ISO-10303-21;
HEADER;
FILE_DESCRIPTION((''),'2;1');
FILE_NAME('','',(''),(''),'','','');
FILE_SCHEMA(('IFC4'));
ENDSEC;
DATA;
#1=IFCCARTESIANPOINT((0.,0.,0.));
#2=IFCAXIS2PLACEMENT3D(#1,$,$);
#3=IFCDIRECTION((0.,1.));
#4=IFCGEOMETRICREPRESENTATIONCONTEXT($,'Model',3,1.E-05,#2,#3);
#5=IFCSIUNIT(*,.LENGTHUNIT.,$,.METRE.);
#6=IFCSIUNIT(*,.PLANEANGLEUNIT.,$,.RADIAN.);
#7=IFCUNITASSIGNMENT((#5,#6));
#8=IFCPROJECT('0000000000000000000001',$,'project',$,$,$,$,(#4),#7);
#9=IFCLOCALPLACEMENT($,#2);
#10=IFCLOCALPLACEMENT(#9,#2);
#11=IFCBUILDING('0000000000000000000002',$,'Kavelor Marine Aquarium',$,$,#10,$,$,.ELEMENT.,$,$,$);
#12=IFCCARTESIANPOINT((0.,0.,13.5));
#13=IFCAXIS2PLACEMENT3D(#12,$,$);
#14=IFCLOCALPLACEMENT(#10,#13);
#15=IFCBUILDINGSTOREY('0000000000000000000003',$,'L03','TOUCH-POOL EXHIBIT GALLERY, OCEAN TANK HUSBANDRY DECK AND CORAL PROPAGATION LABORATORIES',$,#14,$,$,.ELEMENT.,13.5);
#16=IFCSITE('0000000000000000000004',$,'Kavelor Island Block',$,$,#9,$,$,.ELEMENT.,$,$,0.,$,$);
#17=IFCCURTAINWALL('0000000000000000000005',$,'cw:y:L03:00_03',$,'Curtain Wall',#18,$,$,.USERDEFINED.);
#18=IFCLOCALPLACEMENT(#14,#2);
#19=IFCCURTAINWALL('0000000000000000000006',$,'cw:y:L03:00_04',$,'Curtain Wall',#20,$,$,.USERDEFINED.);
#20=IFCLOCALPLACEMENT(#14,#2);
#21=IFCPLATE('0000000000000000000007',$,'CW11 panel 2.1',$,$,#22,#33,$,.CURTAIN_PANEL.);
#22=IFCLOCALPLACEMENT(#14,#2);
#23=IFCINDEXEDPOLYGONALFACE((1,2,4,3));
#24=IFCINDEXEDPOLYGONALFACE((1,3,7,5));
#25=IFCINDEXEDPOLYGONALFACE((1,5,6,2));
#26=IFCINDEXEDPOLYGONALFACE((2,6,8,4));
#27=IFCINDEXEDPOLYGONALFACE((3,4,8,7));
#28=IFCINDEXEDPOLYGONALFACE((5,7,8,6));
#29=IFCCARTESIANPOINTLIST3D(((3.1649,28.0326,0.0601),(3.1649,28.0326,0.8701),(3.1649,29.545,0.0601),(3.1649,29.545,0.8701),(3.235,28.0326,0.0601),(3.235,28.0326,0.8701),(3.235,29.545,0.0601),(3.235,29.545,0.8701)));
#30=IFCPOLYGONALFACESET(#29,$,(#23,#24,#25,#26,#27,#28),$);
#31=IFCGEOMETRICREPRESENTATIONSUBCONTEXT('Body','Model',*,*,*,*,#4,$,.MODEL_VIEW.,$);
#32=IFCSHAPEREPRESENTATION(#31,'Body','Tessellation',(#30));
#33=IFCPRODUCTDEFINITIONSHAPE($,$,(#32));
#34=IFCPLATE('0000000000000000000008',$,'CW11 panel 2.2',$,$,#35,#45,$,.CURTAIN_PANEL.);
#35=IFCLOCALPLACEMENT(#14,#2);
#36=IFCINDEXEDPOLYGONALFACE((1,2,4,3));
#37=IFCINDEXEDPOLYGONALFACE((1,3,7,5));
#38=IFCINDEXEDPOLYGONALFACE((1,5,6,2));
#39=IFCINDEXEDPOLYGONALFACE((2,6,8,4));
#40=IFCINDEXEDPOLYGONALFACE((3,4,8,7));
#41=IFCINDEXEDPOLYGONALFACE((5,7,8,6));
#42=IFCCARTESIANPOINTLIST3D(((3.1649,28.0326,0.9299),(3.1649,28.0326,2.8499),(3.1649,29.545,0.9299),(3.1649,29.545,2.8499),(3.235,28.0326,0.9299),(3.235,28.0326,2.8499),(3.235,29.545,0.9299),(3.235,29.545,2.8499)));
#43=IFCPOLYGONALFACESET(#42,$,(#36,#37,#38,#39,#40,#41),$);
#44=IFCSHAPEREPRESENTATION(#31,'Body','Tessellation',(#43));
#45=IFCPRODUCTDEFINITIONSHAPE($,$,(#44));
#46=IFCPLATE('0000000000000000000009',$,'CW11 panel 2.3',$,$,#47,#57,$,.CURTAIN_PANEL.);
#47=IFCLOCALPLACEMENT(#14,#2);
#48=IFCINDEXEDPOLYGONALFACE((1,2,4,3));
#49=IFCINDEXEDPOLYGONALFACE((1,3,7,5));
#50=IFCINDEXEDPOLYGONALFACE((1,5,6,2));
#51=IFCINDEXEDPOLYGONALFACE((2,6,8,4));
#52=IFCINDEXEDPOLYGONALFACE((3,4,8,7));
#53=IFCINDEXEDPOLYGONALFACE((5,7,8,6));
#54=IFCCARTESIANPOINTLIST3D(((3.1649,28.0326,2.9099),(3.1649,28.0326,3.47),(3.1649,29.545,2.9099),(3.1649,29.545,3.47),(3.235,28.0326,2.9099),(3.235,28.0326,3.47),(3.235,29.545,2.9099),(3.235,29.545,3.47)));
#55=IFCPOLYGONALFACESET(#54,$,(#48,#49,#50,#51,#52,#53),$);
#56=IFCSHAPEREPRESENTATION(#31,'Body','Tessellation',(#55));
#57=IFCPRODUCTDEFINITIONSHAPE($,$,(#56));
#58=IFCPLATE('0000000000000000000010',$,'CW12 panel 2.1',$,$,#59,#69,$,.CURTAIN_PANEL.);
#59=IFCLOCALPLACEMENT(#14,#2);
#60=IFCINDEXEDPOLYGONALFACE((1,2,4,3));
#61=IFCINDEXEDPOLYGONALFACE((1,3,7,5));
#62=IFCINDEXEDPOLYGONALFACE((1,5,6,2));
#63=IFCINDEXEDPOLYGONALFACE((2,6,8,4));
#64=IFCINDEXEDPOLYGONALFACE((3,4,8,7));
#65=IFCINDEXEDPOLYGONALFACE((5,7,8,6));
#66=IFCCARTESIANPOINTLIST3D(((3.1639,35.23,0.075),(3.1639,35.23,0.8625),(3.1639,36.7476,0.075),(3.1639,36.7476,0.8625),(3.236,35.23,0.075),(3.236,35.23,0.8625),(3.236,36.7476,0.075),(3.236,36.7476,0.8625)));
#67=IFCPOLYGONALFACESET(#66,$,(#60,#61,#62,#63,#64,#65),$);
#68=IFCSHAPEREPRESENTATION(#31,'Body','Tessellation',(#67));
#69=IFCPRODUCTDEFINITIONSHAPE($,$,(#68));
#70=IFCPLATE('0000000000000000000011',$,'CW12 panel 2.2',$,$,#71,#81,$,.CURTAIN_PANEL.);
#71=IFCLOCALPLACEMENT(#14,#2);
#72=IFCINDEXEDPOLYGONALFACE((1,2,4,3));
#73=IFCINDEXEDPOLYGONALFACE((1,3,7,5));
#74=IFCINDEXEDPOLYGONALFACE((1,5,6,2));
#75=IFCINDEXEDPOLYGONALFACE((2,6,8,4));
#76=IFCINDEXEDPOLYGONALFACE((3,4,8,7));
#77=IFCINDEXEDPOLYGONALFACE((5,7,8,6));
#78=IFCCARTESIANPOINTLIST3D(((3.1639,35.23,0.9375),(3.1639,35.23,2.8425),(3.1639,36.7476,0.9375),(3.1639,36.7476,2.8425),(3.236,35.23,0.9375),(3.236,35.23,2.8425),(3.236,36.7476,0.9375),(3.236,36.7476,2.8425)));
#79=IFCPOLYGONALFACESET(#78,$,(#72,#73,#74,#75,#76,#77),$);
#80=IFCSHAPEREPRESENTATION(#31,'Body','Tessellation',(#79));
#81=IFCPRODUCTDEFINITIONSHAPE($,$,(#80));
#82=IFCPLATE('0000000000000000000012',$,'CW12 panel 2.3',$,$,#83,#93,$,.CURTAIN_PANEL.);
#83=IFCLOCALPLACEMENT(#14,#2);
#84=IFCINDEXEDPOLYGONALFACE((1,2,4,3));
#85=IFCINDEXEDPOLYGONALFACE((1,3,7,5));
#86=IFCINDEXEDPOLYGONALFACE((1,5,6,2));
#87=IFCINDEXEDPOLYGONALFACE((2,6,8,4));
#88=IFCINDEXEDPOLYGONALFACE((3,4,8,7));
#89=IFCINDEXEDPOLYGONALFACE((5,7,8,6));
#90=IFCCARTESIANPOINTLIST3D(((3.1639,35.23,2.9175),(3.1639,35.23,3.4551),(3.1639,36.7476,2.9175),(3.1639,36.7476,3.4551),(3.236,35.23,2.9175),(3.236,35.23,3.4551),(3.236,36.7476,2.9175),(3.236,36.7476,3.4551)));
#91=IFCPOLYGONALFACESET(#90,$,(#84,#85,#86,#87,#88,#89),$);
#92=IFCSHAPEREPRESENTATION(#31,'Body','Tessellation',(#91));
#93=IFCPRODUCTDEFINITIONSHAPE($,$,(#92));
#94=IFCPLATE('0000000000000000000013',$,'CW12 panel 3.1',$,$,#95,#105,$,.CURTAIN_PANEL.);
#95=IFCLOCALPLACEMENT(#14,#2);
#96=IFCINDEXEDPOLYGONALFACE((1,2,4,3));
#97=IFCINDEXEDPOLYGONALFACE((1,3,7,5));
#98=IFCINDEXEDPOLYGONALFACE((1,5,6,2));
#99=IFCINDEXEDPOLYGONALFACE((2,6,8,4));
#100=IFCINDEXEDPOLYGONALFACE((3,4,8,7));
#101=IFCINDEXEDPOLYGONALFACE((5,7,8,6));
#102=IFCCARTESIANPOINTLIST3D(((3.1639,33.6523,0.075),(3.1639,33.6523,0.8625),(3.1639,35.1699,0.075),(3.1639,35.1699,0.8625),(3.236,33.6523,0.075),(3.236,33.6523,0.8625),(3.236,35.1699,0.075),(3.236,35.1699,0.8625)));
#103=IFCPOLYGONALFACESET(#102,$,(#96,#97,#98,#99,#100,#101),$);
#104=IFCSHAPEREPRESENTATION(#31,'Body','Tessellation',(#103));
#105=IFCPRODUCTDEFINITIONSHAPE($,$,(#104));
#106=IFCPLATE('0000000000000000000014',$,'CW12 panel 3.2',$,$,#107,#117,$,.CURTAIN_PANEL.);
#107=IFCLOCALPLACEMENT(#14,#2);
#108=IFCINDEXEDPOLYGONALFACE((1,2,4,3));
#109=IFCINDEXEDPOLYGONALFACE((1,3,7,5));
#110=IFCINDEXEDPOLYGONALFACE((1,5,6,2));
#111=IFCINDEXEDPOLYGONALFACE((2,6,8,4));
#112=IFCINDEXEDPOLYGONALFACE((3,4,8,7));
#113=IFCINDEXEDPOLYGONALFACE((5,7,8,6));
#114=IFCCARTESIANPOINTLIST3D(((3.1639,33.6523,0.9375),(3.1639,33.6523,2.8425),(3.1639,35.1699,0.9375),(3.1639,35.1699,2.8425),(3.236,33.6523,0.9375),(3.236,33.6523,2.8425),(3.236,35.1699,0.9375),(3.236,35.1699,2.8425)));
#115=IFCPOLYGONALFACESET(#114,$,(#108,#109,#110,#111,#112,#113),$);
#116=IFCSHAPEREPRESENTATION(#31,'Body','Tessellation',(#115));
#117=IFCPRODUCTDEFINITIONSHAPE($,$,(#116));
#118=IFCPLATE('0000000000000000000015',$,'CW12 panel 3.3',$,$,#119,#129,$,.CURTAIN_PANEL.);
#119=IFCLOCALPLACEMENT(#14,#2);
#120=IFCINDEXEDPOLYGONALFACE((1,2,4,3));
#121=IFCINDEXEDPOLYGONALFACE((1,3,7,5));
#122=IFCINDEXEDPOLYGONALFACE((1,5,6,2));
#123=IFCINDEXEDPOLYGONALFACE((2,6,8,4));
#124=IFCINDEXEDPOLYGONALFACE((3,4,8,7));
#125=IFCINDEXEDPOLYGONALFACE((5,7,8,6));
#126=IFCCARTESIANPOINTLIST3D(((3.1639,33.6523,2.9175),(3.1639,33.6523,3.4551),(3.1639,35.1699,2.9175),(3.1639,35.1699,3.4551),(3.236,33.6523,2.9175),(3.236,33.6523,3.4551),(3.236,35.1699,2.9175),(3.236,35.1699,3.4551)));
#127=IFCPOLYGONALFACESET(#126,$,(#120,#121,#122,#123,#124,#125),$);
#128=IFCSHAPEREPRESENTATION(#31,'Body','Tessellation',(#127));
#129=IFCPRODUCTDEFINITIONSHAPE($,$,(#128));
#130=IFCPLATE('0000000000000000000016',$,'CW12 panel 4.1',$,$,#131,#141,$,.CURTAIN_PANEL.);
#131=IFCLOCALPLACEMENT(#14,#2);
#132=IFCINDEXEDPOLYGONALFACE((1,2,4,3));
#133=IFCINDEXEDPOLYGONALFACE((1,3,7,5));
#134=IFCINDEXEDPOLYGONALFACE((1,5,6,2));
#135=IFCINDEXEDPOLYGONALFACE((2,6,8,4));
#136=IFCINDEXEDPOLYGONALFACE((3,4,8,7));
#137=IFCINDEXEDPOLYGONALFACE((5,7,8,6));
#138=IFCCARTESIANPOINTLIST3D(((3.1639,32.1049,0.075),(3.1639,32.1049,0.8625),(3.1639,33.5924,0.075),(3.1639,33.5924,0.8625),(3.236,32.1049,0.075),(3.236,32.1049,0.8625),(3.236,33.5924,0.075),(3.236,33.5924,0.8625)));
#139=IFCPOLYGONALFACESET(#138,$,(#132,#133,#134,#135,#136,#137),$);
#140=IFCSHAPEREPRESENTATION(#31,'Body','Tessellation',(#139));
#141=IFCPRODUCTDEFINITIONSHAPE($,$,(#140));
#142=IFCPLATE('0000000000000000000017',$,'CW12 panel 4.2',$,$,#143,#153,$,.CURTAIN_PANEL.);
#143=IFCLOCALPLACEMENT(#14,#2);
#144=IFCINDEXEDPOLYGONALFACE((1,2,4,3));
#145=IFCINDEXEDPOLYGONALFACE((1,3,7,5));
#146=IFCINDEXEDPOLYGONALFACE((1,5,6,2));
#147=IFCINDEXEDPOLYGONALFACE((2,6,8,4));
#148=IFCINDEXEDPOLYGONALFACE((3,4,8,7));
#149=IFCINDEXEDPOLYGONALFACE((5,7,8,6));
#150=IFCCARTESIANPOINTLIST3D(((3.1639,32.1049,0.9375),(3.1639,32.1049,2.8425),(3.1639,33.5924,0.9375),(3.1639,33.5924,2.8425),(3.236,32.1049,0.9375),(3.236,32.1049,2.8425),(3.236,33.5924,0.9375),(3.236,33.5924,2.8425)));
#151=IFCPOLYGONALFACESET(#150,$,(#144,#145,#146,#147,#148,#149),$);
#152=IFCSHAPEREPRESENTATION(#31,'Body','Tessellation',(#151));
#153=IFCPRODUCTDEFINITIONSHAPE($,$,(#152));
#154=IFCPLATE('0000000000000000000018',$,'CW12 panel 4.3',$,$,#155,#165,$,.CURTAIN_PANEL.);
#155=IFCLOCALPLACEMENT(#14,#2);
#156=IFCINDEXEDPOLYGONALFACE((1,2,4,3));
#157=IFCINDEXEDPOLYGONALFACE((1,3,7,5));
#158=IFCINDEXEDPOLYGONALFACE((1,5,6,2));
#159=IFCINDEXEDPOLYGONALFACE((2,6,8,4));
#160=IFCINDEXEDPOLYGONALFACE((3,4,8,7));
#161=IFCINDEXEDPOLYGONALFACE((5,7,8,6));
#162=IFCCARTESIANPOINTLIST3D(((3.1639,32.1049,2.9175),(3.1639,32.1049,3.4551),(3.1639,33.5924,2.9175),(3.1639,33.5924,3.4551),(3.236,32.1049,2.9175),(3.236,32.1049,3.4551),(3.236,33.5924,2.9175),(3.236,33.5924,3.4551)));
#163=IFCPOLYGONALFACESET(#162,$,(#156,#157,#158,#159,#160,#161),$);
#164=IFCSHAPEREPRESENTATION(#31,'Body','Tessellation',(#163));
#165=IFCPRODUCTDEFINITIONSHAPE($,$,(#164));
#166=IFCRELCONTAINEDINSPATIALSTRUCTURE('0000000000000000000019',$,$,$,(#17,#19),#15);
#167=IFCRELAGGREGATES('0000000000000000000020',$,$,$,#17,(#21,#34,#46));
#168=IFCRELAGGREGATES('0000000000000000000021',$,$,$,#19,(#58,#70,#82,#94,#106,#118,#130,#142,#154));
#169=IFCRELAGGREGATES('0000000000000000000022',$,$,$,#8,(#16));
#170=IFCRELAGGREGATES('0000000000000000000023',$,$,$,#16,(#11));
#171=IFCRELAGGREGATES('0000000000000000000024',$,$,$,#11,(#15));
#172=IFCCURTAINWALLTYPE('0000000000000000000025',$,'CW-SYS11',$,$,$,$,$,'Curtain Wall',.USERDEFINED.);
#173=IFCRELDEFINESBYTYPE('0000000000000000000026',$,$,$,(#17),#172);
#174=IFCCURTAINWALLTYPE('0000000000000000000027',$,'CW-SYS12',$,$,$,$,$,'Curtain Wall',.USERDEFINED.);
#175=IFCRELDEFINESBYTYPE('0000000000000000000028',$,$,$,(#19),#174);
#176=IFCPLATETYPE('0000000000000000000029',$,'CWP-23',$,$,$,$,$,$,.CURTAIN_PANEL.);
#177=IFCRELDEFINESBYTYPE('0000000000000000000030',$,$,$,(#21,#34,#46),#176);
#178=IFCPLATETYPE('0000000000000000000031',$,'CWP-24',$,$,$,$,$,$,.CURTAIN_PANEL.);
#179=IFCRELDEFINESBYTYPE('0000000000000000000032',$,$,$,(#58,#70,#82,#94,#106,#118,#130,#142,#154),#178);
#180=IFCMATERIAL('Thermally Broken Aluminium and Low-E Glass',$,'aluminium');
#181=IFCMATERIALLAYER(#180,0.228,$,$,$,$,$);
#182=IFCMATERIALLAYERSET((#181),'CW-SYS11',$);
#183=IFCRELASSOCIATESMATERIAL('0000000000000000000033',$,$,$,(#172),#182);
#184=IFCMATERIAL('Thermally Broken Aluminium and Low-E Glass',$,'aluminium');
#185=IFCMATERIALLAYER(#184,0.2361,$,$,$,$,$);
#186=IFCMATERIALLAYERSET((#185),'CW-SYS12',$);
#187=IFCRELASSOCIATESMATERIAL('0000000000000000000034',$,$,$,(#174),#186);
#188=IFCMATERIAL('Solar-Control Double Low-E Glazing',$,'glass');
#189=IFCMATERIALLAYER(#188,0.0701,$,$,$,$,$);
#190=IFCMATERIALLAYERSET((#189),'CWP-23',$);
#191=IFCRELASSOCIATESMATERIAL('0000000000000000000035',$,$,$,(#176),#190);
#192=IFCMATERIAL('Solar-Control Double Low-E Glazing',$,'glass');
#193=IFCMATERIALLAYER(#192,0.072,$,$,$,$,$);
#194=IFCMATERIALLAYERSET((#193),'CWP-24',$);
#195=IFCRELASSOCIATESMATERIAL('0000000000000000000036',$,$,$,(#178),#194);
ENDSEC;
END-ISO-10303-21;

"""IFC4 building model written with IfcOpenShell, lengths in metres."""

from ifc_helpers import new_model, si_unit, direction, frame, origin, origin_2d, place, context, subcontext, project, spatial, rectangle, extrude, material, layer, layer_set, type_object, element, aggregate, save


model = new_model("IFC4")

# Units and contexts
model_context = context("Model", 3, precision=1e-05, world=origin(), true_north=direction((0.0, 1.0)))
body_context = subcontext(model_context, "Body", "Model", "MODEL_VIEW")
ifc_project = project(units=[si_unit("LENGTHUNIT", "METRE"), si_unit("PLANEANGLEUNIT", "RADIAN")], contexts=[model_context])

# Site, building, storey
site_placement = place(None, origin())
site = spatial("IfcSite", under=ifc_project, at=site_placement, Name="Kavelor Island Block", CompositionType="ELEMENT", RefElevation=0.0)
building_placement = place(site_placement, origin())
building = spatial("IfcBuilding", under=site, at=building_placement, Name="Kavelor Marine Aquarium", CompositionType="ELEMENT")
storey_placement = place(building_placement, frame((0.0, 0.0, 13.5)))
storey = spatial("IfcBuildingStorey", under=building, at=storey_placement, Name="L03", Description="TOUCH-POOL EXHIBIT GALLERY, OCEAN TANK HUSBANDRY DECK AND CORAL PROPAGATION LABORATORIES", CompositionType="ELEMENT", Elevation=13.5)

# Curtain walls
ifc_material_1 = material(Name="Thermally Broken Aluminium and Low-E Glass", Category="aluminium")
ifc_layer_1 = layer(ifc_material_1, 0.228)
ifc_layer_set_1 = layer_set([ifc_layer_1], Name="CW-SYS11")
curtain_wall_type_1 = type_object("IfcCurtainWallType", Name="CW-SYS11", ElementType="Curtain Wall", PredefinedType="USERDEFINED", material=ifc_layer_set_1)
curtain_wall_1_placement = place(storey_placement, origin())
curtain_wall_1 = element("IfcCurtainWall", 1, at=curtain_wall_1_placement, inside=storey, type_object=curtain_wall_type_1, Name="cw:y:L03:00_03", ObjectType="Curtain Wall", PredefinedType="USERDEFINED")
ifc_material_2 = material(Name="Thermally Broken Aluminium and Low-E Glass", Category="aluminium")
ifc_layer_2 = layer(ifc_material_2, 0.2361)
ifc_layer_set_2 = layer_set([ifc_layer_2], Name="CW-SYS12")
curtain_wall_type_2 = type_object("IfcCurtainWallType", Name="CW-SYS12", ElementType="Curtain Wall", PredefinedType="USERDEFINED", material=ifc_layer_set_2)
curtain_wall_2_placement = place(storey_placement, origin())
curtain_wall_2 = element("IfcCurtainWall", 2, at=curtain_wall_2_placement, inside=storey, type_object=curtain_wall_type_2, Name="cw:y:L03:00_04", ObjectType="Curtain Wall", PredefinedType="USERDEFINED")

# Plates
ifc_material_3 = material(Name="Solar-Control Double Low-E Glazing", Category="glass")
ifc_layer_3 = layer(ifc_material_3, 0.0701)
ifc_layer_set_3 = layer_set([ifc_layer_3], Name="CWP-23")
plate_type_1 = type_object("IfcPlateType", Name="CWP-23", PredefinedType="CURTAIN_PANEL", material=ifc_layer_set_3)
plate_1_placement = place(storey_placement, frame((3.2, 28.7888, 0.0601), z_axis=(0.0, 0.0, 1.0), x_axis=(0.0, -1.0, 0.0)))
plate_1 = element("IfcPlate", 3, at=plate_1_placement, type_object=plate_type_1, Name="CW11 panel 2.1", PredefinedType="CURTAIN_PANEL", context=body_context, shape_type="SweptSolid", body=[
    extrude(rectangle(XDim=1.5125, YDim=0.0701, at=origin_2d()), origin(), (0.0, 0.0, 1.0), 0.8101),
])
plate_2_placement = place(storey_placement, frame((3.2, 28.7888, 0.9299), z_axis=(0.0, 0.0, 1.0), x_axis=(0.0, -1.0, 0.0)))
plate_2 = element("IfcPlate", 4, at=plate_2_placement, type_object=plate_type_1, Name="CW11 panel 2.2", PredefinedType="CURTAIN_PANEL", context=body_context, shape_type="SweptSolid", body=[
    extrude(rectangle(XDim=1.5125, YDim=0.0701, at=origin_2d()), origin(), (0.0, 0.0, 1.0), 1.9199),
])
plate_3_placement = place(storey_placement, frame((3.2, 28.7888, 2.9099), z_axis=(0.0, 0.0, 1.0), x_axis=(0.0, -1.0, 0.0)))
plate_3 = element("IfcPlate", 5, at=plate_3_placement, type_object=plate_type_1, Name="CW11 panel 2.3", PredefinedType="CURTAIN_PANEL", context=body_context, shape_type="SweptSolid", body=[
    extrude(rectangle(XDim=1.5125, YDim=0.0701, at=origin_2d()), origin(), (0.0, 0.0, 1.0), 0.5601),
])
aggregate(curtain_wall_1, [plate_1, plate_2, plate_3])
ifc_material_4 = material(Name="Solar-Control Double Low-E Glazing", Category="glass")
ifc_layer_4 = layer(ifc_material_4, 0.072)
ifc_layer_set_4 = layer_set([ifc_layer_4], Name="CWP-24")
plate_type_2 = type_object("IfcPlateType", Name="CWP-24", PredefinedType="CURTAIN_PANEL", material=ifc_layer_set_4)
plate_4_placement = place(storey_placement, frame((3.2, 35.9888, 0.075), z_axis=(0.0, 0.0, 1.0), x_axis=(0.0, -1.0, 0.0)))
plate_4 = element("IfcPlate", 6, at=plate_4_placement, type_object=plate_type_2, Name="CW12 panel 2.1", PredefinedType="CURTAIN_PANEL", context=body_context, shape_type="SweptSolid", body=[
    extrude(rectangle(XDim=1.5176, YDim=0.072, at=origin_2d()), origin(), (0.0, 0.0, 1.0), 0.7876),
])
plate_5_placement = place(storey_placement, frame((3.2, 35.9888, 0.9375), z_axis=(0.0, 0.0, 1.0), x_axis=(0.0, -1.0, 0.0)))
plate_5 = element("IfcPlate", 7, at=plate_5_placement, type_object=plate_type_2, Name="CW12 panel 2.2", PredefinedType="CURTAIN_PANEL", context=body_context, shape_type="SweptSolid", body=[
    extrude(rectangle(XDim=1.5176, YDim=0.072, at=origin_2d()), origin(), (0.0, 0.0, 1.0), 1.905),
])
plate_6_placement = place(storey_placement, frame((3.2, 35.9888, 2.9175), z_axis=(0.0, 0.0, 1.0), x_axis=(0.0, -1.0, 0.0)))
plate_6 = element("IfcPlate", 8, at=plate_6_placement, type_object=plate_type_2, Name="CW12 panel 2.3", PredefinedType="CURTAIN_PANEL", context=body_context, shape_type="SweptSolid", body=[
    extrude(rectangle(XDim=1.5176, YDim=0.072, at=origin_2d()), origin(), (0.0, 0.0, 1.0), 0.5376),
])
plate_7_placement = place(storey_placement, frame((3.2, 34.4111, 0.075), z_axis=(0.0, 0.0, 1.0), x_axis=(0.0, -1.0, 0.0)))
plate_7 = element("IfcPlate", 9, at=plate_7_placement, type_object=plate_type_2, Name="CW12 panel 3.1", PredefinedType="CURTAIN_PANEL", context=body_context, shape_type="SweptSolid", body=[
    extrude(rectangle(XDim=1.5176, YDim=0.072, at=origin_2d()), origin(), (0.0, 0.0, 1.0), 0.7876),
])
plate_8_placement = place(storey_placement, frame((3.2, 34.4111, 0.9375), z_axis=(0.0, 0.0, 1.0), x_axis=(0.0, -1.0, 0.0)))
plate_8 = element("IfcPlate", 10, at=plate_8_placement, type_object=plate_type_2, Name="CW12 panel 3.2", PredefinedType="CURTAIN_PANEL", context=body_context, shape_type="SweptSolid", body=[
    extrude(rectangle(XDim=1.5176, YDim=0.072, at=origin_2d()), origin(), (0.0, 0.0, 1.0), 1.905),
])
plate_9_placement = place(storey_placement, frame((3.2, 34.4111, 2.9175), z_axis=(0.0, 0.0, 1.0), x_axis=(0.0, -1.0, 0.0)))
plate_9 = element("IfcPlate", 11, at=plate_9_placement, type_object=plate_type_2, Name="CW12 panel 3.3", PredefinedType="CURTAIN_PANEL", context=body_context, shape_type="SweptSolid", body=[
    extrude(rectangle(XDim=1.5176, YDim=0.072, at=origin_2d()), origin(), (0.0, 0.0, 1.0), 0.5376),
])
plate_10_placement = place(storey_placement, frame((3.2, 32.8486, 0.075), z_axis=(0.0, 0.0, 1.0), x_axis=(0.0, -1.0, 0.0)))
plate_10 = element("IfcPlate", 12, at=plate_10_placement, type_object=plate_type_2, Name="CW12 panel 4.1", PredefinedType="CURTAIN_PANEL", context=body_context, shape_type="SweptSolid", body=[
    extrude(rectangle(XDim=1.4875, YDim=0.072, at=origin_2d()), origin(), (0.0, 0.0, 1.0), 0.7876),
])
plate_11_placement = place(storey_placement, frame((3.2, 32.8486, 0.9375), z_axis=(0.0, 0.0, 1.0), x_axis=(0.0, -1.0, 0.0)))
plate_11 = element("IfcPlate", 13, at=plate_11_placement, type_object=plate_type_2, Name="CW12 panel 4.2", PredefinedType="CURTAIN_PANEL", context=body_context, shape_type="SweptSolid", body=[
    extrude(rectangle(XDim=1.4875, YDim=0.072, at=origin_2d()), origin(), (0.0, 0.0, 1.0), 1.905),
])
plate_12_placement = place(storey_placement, frame((3.2, 32.8486, 2.9175), z_axis=(0.0, 0.0, 1.0), x_axis=(0.0, -1.0, 0.0)))
plate_12 = element("IfcPlate", 14, at=plate_12_placement, type_object=plate_type_2, Name="CW12 panel 4.3", PredefinedType="CURTAIN_PANEL", context=body_context, shape_type="SweptSolid", body=[
    extrude(rectangle(XDim=1.4875, YDim=0.072, at=origin_2d()), origin(), (0.0, 0.0, 1.0), 0.5376),
])
aggregate(curtain_wall_2, [plate_4, plate_5, plate_6, plate_7, plate_8, plate_9, plate_10, plate_11, plate_12])

save(model, "model.ifc")
